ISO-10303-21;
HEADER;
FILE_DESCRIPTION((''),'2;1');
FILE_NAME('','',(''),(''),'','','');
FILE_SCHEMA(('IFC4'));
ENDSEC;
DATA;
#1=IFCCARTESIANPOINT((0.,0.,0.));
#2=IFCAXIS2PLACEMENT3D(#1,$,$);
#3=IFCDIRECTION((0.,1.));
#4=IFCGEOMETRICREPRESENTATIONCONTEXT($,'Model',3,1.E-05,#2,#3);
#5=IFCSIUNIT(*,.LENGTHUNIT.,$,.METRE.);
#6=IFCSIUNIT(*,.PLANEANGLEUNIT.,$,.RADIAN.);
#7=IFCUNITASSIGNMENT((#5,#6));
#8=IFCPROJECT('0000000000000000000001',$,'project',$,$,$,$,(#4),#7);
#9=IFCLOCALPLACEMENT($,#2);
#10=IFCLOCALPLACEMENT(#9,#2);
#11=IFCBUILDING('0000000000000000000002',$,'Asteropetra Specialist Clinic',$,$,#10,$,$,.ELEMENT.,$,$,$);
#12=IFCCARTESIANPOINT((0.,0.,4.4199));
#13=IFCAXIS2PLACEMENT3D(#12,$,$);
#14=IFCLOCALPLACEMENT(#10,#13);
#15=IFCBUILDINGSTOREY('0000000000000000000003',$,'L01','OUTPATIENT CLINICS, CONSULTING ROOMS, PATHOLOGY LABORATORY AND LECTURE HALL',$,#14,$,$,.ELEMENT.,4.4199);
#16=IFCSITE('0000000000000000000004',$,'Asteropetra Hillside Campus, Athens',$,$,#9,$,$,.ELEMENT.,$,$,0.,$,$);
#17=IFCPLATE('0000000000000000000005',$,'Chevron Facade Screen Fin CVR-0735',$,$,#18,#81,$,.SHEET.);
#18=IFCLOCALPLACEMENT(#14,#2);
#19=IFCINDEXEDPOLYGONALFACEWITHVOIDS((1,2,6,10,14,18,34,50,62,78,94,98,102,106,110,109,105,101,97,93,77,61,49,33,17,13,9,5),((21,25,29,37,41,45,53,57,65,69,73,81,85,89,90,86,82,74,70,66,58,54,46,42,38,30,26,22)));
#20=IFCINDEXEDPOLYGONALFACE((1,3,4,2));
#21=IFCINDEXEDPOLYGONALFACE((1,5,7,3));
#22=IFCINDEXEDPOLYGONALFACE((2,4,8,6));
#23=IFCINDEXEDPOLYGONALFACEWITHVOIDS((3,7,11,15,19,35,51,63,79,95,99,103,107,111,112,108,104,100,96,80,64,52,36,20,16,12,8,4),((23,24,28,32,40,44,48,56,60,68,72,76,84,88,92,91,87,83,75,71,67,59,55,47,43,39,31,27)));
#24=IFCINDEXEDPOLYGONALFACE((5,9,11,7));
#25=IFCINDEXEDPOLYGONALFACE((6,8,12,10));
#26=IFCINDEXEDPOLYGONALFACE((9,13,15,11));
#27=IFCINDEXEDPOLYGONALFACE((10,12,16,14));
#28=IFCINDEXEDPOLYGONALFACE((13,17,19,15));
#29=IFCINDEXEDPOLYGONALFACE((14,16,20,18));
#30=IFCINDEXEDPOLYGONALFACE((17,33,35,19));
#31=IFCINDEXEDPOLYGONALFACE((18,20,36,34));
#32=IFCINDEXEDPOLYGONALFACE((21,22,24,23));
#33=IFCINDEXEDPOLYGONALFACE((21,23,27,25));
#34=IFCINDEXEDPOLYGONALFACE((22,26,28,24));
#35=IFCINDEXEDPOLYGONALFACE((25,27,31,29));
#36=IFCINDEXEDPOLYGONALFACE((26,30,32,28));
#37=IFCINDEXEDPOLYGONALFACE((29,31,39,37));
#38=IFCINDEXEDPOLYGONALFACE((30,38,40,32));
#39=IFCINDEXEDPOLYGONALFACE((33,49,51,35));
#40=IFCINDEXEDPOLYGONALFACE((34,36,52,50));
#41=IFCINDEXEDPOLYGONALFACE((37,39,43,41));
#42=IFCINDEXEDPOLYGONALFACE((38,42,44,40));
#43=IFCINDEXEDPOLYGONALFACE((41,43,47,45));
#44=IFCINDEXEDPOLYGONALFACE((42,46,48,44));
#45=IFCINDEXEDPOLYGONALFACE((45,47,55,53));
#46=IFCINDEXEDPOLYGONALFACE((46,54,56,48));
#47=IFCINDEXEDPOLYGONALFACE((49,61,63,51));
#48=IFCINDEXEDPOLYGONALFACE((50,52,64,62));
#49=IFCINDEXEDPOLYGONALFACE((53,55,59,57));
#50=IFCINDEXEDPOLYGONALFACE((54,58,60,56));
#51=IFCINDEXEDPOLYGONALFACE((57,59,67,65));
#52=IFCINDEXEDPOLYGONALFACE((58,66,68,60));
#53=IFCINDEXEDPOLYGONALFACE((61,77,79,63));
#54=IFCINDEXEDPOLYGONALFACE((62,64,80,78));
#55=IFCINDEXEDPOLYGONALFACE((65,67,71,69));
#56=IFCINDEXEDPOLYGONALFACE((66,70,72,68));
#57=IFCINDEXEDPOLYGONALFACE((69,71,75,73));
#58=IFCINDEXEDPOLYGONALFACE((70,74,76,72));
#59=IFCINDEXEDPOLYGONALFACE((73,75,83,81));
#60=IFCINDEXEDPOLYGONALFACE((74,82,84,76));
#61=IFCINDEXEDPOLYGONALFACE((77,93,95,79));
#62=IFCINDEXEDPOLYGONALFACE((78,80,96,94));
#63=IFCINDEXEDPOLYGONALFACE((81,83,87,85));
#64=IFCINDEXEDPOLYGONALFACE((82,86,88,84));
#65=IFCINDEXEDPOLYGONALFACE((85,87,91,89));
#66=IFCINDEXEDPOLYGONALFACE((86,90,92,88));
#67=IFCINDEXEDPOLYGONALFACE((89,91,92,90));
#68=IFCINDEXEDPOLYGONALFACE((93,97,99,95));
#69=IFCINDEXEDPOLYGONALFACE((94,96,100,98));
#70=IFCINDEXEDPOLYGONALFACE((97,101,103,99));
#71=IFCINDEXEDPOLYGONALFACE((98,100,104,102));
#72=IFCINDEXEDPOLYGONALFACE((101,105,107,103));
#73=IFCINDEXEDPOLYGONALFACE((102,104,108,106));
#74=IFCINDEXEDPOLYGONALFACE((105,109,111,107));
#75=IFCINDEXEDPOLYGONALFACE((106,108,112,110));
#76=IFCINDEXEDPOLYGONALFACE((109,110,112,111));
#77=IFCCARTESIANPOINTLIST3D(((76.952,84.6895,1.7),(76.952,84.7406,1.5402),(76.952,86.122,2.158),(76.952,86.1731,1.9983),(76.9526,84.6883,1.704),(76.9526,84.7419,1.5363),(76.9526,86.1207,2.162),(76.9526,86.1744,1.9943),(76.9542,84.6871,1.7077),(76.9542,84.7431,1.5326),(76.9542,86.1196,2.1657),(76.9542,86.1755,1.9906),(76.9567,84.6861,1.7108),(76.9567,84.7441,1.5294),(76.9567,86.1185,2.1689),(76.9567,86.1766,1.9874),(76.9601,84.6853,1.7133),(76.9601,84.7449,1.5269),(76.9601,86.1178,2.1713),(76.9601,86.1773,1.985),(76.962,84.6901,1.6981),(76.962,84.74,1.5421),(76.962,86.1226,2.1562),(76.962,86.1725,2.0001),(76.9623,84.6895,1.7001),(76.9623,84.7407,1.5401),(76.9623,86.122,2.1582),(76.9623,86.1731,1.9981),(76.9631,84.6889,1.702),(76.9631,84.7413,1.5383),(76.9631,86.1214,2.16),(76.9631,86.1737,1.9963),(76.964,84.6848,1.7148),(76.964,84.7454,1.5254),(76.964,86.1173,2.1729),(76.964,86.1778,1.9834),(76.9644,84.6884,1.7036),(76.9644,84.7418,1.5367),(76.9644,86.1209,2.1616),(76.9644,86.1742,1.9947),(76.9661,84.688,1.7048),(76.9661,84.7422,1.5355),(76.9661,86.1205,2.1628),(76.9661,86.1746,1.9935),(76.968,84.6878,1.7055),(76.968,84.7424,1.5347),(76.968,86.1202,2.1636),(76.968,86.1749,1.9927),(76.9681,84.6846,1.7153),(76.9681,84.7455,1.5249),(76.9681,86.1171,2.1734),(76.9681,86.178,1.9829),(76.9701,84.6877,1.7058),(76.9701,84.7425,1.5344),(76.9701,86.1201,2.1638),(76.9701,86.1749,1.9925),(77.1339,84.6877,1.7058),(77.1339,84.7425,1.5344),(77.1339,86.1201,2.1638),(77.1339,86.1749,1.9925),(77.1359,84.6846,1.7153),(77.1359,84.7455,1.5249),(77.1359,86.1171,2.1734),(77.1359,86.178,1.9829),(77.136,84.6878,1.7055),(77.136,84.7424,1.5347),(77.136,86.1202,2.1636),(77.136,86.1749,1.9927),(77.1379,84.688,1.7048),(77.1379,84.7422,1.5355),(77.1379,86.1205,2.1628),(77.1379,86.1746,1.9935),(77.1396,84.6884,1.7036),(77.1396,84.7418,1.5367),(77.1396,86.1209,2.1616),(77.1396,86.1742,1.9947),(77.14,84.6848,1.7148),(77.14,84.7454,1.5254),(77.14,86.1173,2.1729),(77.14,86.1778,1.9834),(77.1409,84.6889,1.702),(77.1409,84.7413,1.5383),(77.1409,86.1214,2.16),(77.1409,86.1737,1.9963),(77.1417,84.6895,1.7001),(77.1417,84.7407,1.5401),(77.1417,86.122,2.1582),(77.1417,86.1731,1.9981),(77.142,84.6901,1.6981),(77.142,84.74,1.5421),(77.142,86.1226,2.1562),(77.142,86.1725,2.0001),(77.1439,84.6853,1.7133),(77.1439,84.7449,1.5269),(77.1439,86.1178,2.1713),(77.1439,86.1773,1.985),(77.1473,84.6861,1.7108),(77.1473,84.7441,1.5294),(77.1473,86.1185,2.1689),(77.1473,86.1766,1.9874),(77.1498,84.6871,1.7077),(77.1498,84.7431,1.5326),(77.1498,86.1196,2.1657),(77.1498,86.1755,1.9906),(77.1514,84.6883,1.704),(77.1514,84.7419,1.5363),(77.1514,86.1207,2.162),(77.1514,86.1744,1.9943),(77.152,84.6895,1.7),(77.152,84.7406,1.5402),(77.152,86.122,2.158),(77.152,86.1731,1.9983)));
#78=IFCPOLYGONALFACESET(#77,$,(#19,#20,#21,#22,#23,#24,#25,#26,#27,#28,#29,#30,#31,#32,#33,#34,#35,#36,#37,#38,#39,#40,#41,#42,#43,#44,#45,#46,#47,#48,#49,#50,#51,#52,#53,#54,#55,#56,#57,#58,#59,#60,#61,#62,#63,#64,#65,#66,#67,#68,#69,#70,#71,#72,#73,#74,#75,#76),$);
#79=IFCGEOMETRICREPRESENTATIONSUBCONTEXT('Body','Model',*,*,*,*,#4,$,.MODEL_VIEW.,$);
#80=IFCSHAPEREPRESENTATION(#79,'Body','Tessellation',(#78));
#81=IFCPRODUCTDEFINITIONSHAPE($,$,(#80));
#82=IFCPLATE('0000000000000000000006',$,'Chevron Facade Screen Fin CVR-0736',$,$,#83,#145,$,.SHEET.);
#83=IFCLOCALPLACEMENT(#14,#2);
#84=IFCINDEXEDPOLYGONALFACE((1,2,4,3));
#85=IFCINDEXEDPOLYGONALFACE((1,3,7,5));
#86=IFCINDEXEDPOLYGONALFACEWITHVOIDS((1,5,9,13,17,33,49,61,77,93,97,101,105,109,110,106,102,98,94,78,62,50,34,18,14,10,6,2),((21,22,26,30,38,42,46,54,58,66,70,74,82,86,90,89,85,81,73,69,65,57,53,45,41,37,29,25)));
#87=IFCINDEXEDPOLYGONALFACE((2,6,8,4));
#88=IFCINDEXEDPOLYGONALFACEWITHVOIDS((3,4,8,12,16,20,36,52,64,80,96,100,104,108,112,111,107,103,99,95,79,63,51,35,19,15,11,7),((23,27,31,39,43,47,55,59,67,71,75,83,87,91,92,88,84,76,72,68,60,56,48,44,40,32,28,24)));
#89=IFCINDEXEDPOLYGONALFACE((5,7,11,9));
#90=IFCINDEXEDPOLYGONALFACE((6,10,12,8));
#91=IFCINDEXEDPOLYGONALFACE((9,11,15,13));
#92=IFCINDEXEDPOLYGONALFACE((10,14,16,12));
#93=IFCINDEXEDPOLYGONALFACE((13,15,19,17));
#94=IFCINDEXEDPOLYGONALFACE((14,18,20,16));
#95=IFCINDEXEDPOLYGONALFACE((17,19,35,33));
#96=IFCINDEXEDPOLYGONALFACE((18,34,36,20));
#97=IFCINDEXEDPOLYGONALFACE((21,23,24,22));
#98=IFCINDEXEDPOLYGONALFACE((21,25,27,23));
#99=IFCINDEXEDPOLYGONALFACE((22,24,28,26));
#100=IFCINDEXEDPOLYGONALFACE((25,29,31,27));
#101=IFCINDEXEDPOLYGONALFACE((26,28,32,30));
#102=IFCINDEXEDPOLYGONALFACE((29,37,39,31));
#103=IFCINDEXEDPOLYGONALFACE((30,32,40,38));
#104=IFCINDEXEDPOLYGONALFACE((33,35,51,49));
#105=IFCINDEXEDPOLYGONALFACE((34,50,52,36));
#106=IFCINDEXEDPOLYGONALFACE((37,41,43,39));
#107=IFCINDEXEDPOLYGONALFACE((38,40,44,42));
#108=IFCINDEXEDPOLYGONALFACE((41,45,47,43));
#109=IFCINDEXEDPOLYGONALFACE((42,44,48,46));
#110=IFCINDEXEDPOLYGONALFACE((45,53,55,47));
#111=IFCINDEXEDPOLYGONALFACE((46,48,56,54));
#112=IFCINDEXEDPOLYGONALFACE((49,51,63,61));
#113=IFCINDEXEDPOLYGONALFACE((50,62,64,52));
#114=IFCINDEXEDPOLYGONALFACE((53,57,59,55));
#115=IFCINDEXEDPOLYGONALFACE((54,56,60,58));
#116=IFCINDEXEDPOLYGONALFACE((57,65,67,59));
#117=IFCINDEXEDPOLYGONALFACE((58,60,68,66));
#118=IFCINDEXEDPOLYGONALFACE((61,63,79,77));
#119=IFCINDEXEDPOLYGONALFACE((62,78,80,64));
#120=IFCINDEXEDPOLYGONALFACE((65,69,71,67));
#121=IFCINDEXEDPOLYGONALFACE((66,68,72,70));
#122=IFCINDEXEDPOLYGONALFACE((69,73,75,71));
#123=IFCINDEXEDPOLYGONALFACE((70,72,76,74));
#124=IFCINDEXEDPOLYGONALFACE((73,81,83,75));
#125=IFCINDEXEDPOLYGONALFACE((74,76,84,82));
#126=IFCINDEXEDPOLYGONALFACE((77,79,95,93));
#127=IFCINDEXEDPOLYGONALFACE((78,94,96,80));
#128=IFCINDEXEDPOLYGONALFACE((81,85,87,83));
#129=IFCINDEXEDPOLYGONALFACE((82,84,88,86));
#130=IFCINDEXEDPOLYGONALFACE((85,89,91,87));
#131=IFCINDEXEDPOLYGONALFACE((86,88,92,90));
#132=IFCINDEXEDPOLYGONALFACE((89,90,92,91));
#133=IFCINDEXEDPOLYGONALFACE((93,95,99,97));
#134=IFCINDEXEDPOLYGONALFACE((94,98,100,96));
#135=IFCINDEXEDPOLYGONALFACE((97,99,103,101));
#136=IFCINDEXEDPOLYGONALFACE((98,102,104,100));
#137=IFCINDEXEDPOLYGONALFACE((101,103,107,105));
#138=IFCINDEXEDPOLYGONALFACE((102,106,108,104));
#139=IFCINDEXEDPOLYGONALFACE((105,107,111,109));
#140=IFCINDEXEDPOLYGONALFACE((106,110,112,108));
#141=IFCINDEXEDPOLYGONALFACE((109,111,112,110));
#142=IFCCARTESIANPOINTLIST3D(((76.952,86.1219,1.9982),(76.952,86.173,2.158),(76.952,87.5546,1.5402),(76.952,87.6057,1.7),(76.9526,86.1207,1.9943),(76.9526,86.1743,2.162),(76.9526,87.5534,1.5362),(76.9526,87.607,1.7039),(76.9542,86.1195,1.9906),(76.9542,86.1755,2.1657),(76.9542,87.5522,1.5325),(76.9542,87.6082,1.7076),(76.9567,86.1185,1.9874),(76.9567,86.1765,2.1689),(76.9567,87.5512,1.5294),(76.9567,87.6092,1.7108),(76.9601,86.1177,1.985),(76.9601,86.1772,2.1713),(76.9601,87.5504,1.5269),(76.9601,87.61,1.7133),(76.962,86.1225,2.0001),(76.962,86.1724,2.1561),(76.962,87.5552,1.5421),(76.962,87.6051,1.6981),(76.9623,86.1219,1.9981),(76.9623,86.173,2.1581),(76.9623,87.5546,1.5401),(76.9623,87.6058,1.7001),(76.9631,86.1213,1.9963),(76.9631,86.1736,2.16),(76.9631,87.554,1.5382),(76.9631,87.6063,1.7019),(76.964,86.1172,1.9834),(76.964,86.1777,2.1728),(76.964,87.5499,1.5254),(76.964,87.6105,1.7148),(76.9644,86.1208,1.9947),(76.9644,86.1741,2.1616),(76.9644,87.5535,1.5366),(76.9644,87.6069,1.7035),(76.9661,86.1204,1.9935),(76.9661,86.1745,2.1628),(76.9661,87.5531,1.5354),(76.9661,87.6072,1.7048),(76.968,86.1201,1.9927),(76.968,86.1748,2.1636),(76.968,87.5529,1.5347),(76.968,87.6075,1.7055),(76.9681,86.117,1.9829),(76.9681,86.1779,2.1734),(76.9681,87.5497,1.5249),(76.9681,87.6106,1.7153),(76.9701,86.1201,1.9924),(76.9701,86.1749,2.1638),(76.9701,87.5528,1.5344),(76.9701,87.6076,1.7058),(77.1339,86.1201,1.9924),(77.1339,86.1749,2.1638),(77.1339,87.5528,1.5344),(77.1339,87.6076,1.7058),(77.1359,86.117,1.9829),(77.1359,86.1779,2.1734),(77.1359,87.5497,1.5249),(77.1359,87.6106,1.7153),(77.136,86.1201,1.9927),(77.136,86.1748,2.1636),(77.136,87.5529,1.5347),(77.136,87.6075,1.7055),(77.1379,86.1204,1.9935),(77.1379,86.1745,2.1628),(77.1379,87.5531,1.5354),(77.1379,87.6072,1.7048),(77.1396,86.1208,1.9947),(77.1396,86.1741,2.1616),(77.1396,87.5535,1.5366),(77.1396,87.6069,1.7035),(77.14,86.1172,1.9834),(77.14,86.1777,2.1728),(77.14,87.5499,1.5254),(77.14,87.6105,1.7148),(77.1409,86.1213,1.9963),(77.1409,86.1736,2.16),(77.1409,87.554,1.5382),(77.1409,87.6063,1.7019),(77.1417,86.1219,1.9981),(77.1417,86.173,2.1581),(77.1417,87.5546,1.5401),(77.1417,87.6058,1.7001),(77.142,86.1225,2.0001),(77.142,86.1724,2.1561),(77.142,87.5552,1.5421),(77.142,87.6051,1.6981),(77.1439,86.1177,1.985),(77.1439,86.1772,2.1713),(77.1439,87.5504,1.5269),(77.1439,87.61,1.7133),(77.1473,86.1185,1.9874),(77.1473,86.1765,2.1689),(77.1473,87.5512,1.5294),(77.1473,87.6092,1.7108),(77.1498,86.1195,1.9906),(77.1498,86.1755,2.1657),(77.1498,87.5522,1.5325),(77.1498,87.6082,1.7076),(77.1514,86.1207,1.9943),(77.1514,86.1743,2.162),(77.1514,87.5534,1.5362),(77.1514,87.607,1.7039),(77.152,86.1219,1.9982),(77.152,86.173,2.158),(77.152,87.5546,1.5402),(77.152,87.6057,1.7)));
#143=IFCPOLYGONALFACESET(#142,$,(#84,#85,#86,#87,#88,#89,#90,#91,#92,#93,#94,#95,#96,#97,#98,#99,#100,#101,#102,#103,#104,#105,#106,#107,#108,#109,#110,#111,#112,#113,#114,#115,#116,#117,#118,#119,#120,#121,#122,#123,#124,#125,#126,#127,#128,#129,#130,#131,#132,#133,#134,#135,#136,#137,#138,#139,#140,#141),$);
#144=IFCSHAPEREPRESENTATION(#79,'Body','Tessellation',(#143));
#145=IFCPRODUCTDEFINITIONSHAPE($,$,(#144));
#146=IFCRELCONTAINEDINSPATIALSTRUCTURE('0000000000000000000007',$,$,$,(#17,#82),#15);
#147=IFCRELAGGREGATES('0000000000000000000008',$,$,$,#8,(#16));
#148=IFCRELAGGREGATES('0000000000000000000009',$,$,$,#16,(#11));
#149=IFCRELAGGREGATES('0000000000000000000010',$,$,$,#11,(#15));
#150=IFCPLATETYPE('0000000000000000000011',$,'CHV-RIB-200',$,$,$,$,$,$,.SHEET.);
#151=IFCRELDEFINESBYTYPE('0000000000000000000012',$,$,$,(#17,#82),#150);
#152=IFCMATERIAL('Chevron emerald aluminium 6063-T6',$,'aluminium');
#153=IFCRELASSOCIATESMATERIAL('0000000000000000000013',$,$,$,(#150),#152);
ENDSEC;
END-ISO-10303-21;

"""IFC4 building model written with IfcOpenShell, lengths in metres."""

from ifc_helpers import new_model, si_unit, direction, frame, origin, origin_2d, place, context, subcontext, project, spatial, hollow_rectangle, extrude, material, material_profile, profile_set, type_object, element, save


model = new_model("IFC4")

# Units and contexts
model_context = context("Model", 3, precision=1e-05, world=origin(), true_north=direction((0.0, 1.0)))
body_context = subcontext(model_context, "Body", "Model", "MODEL_VIEW")
ifc_project = project(units=[si_unit("LENGTHUNIT", "METRE"), si_unit("PLANEANGLEUNIT", "RADIAN")], contexts=[model_context])

# Site, building, storey
site_placement = place(None, origin())
site = spatial("IfcSite", under=ifc_project, at=site_placement, Name="Asteropetra Hillside Campus, Athens", CompositionType="ELEMENT", RefElevation=0.0)
building_placement = place(site_placement, origin())
building = spatial("IfcBuilding", under=site, at=building_placement, Name="Asteropetra Specialist Clinic", CompositionType="ELEMENT")
storey_placement = place(building_placement, frame((0.0, 0.0, 4.4199)))
storey = spatial("IfcBuildingStorey", under=building, at=storey_placement, Name="L01", Description="OUTPATIENT CLINICS, CONSULTING ROOMS, PATHOLOGY LABORATORY AND LECTURE HALL", CompositionType="ELEMENT", Elevation=4.4199)

# Plates
ifc_material_1 = material(Name="Chevron emerald aluminium 6063-T6", Category="aluminium")
ifc_material_profile_1 = material_profile(ifc_material_1, hollow_rectangle(XDim=0.2, YDim=0.2, WallThickness=0.01, InnerFilletRadius=0.0081, OuterFilletRadius=0.0161, at=origin_2d()), Name="SHS 200x200x10.0")
ifc_profile_set_1 = profile_set([ifc_material_profile_1], Name="Chevron emerald aluminium 6063-T6")
plate_type_1 = type_object("IfcPlateType", Name="CHV-RIB-200", PredefinedType="SHEET", material=ifc_profile_set_1)
plate_1_placement = place(storey_placement, frame((77.052, 84.7151, 1.6201), z_axis=(0.0, 0.952492, 0.304564), x_axis=(-1.0, 0.0, 0.0)))
element("IfcPlate", 1, at=plate_1_placement, inside=storey, type_object=plate_type_1, Name="Chevron Facade Screen Fin CVR-0735", PredefinedType="SHEET", context=body_context, shape_type="SweptSolid", body=[
    extrude(hollow_rectangle(XDim=0.2, YDim=0.2, WallThickness=0.01, InnerFilletRadius=0.0081, OuterFilletRadius=0.0161, at=origin_2d()), origin(), (0.0, 0.0, 1.0), 1.5039),
])
plate_2_placement = place(storey_placement, frame((77.052, 86.1475, 2.0781), z_axis=(0.0, 0.952507, -0.304517), x_axis=(-1.0, 0.0, 0.0)))
element("IfcPlate", 2, at=plate_2_placement, inside=storey, type_object=plate_type_1, Name="Chevron Facade Screen Fin CVR-0736", PredefinedType="SHEET", context=body_context, shape_type="SweptSolid", body=[
    extrude(hollow_rectangle(XDim=0.2, YDim=0.2, WallThickness=0.01, InnerFilletRadius=0.0081, OuterFilletRadius=0.0161, at=origin_2d()), origin(), (0.0, 0.0, 1.0), 1.5042),
])

save(model, "model.ifc")
